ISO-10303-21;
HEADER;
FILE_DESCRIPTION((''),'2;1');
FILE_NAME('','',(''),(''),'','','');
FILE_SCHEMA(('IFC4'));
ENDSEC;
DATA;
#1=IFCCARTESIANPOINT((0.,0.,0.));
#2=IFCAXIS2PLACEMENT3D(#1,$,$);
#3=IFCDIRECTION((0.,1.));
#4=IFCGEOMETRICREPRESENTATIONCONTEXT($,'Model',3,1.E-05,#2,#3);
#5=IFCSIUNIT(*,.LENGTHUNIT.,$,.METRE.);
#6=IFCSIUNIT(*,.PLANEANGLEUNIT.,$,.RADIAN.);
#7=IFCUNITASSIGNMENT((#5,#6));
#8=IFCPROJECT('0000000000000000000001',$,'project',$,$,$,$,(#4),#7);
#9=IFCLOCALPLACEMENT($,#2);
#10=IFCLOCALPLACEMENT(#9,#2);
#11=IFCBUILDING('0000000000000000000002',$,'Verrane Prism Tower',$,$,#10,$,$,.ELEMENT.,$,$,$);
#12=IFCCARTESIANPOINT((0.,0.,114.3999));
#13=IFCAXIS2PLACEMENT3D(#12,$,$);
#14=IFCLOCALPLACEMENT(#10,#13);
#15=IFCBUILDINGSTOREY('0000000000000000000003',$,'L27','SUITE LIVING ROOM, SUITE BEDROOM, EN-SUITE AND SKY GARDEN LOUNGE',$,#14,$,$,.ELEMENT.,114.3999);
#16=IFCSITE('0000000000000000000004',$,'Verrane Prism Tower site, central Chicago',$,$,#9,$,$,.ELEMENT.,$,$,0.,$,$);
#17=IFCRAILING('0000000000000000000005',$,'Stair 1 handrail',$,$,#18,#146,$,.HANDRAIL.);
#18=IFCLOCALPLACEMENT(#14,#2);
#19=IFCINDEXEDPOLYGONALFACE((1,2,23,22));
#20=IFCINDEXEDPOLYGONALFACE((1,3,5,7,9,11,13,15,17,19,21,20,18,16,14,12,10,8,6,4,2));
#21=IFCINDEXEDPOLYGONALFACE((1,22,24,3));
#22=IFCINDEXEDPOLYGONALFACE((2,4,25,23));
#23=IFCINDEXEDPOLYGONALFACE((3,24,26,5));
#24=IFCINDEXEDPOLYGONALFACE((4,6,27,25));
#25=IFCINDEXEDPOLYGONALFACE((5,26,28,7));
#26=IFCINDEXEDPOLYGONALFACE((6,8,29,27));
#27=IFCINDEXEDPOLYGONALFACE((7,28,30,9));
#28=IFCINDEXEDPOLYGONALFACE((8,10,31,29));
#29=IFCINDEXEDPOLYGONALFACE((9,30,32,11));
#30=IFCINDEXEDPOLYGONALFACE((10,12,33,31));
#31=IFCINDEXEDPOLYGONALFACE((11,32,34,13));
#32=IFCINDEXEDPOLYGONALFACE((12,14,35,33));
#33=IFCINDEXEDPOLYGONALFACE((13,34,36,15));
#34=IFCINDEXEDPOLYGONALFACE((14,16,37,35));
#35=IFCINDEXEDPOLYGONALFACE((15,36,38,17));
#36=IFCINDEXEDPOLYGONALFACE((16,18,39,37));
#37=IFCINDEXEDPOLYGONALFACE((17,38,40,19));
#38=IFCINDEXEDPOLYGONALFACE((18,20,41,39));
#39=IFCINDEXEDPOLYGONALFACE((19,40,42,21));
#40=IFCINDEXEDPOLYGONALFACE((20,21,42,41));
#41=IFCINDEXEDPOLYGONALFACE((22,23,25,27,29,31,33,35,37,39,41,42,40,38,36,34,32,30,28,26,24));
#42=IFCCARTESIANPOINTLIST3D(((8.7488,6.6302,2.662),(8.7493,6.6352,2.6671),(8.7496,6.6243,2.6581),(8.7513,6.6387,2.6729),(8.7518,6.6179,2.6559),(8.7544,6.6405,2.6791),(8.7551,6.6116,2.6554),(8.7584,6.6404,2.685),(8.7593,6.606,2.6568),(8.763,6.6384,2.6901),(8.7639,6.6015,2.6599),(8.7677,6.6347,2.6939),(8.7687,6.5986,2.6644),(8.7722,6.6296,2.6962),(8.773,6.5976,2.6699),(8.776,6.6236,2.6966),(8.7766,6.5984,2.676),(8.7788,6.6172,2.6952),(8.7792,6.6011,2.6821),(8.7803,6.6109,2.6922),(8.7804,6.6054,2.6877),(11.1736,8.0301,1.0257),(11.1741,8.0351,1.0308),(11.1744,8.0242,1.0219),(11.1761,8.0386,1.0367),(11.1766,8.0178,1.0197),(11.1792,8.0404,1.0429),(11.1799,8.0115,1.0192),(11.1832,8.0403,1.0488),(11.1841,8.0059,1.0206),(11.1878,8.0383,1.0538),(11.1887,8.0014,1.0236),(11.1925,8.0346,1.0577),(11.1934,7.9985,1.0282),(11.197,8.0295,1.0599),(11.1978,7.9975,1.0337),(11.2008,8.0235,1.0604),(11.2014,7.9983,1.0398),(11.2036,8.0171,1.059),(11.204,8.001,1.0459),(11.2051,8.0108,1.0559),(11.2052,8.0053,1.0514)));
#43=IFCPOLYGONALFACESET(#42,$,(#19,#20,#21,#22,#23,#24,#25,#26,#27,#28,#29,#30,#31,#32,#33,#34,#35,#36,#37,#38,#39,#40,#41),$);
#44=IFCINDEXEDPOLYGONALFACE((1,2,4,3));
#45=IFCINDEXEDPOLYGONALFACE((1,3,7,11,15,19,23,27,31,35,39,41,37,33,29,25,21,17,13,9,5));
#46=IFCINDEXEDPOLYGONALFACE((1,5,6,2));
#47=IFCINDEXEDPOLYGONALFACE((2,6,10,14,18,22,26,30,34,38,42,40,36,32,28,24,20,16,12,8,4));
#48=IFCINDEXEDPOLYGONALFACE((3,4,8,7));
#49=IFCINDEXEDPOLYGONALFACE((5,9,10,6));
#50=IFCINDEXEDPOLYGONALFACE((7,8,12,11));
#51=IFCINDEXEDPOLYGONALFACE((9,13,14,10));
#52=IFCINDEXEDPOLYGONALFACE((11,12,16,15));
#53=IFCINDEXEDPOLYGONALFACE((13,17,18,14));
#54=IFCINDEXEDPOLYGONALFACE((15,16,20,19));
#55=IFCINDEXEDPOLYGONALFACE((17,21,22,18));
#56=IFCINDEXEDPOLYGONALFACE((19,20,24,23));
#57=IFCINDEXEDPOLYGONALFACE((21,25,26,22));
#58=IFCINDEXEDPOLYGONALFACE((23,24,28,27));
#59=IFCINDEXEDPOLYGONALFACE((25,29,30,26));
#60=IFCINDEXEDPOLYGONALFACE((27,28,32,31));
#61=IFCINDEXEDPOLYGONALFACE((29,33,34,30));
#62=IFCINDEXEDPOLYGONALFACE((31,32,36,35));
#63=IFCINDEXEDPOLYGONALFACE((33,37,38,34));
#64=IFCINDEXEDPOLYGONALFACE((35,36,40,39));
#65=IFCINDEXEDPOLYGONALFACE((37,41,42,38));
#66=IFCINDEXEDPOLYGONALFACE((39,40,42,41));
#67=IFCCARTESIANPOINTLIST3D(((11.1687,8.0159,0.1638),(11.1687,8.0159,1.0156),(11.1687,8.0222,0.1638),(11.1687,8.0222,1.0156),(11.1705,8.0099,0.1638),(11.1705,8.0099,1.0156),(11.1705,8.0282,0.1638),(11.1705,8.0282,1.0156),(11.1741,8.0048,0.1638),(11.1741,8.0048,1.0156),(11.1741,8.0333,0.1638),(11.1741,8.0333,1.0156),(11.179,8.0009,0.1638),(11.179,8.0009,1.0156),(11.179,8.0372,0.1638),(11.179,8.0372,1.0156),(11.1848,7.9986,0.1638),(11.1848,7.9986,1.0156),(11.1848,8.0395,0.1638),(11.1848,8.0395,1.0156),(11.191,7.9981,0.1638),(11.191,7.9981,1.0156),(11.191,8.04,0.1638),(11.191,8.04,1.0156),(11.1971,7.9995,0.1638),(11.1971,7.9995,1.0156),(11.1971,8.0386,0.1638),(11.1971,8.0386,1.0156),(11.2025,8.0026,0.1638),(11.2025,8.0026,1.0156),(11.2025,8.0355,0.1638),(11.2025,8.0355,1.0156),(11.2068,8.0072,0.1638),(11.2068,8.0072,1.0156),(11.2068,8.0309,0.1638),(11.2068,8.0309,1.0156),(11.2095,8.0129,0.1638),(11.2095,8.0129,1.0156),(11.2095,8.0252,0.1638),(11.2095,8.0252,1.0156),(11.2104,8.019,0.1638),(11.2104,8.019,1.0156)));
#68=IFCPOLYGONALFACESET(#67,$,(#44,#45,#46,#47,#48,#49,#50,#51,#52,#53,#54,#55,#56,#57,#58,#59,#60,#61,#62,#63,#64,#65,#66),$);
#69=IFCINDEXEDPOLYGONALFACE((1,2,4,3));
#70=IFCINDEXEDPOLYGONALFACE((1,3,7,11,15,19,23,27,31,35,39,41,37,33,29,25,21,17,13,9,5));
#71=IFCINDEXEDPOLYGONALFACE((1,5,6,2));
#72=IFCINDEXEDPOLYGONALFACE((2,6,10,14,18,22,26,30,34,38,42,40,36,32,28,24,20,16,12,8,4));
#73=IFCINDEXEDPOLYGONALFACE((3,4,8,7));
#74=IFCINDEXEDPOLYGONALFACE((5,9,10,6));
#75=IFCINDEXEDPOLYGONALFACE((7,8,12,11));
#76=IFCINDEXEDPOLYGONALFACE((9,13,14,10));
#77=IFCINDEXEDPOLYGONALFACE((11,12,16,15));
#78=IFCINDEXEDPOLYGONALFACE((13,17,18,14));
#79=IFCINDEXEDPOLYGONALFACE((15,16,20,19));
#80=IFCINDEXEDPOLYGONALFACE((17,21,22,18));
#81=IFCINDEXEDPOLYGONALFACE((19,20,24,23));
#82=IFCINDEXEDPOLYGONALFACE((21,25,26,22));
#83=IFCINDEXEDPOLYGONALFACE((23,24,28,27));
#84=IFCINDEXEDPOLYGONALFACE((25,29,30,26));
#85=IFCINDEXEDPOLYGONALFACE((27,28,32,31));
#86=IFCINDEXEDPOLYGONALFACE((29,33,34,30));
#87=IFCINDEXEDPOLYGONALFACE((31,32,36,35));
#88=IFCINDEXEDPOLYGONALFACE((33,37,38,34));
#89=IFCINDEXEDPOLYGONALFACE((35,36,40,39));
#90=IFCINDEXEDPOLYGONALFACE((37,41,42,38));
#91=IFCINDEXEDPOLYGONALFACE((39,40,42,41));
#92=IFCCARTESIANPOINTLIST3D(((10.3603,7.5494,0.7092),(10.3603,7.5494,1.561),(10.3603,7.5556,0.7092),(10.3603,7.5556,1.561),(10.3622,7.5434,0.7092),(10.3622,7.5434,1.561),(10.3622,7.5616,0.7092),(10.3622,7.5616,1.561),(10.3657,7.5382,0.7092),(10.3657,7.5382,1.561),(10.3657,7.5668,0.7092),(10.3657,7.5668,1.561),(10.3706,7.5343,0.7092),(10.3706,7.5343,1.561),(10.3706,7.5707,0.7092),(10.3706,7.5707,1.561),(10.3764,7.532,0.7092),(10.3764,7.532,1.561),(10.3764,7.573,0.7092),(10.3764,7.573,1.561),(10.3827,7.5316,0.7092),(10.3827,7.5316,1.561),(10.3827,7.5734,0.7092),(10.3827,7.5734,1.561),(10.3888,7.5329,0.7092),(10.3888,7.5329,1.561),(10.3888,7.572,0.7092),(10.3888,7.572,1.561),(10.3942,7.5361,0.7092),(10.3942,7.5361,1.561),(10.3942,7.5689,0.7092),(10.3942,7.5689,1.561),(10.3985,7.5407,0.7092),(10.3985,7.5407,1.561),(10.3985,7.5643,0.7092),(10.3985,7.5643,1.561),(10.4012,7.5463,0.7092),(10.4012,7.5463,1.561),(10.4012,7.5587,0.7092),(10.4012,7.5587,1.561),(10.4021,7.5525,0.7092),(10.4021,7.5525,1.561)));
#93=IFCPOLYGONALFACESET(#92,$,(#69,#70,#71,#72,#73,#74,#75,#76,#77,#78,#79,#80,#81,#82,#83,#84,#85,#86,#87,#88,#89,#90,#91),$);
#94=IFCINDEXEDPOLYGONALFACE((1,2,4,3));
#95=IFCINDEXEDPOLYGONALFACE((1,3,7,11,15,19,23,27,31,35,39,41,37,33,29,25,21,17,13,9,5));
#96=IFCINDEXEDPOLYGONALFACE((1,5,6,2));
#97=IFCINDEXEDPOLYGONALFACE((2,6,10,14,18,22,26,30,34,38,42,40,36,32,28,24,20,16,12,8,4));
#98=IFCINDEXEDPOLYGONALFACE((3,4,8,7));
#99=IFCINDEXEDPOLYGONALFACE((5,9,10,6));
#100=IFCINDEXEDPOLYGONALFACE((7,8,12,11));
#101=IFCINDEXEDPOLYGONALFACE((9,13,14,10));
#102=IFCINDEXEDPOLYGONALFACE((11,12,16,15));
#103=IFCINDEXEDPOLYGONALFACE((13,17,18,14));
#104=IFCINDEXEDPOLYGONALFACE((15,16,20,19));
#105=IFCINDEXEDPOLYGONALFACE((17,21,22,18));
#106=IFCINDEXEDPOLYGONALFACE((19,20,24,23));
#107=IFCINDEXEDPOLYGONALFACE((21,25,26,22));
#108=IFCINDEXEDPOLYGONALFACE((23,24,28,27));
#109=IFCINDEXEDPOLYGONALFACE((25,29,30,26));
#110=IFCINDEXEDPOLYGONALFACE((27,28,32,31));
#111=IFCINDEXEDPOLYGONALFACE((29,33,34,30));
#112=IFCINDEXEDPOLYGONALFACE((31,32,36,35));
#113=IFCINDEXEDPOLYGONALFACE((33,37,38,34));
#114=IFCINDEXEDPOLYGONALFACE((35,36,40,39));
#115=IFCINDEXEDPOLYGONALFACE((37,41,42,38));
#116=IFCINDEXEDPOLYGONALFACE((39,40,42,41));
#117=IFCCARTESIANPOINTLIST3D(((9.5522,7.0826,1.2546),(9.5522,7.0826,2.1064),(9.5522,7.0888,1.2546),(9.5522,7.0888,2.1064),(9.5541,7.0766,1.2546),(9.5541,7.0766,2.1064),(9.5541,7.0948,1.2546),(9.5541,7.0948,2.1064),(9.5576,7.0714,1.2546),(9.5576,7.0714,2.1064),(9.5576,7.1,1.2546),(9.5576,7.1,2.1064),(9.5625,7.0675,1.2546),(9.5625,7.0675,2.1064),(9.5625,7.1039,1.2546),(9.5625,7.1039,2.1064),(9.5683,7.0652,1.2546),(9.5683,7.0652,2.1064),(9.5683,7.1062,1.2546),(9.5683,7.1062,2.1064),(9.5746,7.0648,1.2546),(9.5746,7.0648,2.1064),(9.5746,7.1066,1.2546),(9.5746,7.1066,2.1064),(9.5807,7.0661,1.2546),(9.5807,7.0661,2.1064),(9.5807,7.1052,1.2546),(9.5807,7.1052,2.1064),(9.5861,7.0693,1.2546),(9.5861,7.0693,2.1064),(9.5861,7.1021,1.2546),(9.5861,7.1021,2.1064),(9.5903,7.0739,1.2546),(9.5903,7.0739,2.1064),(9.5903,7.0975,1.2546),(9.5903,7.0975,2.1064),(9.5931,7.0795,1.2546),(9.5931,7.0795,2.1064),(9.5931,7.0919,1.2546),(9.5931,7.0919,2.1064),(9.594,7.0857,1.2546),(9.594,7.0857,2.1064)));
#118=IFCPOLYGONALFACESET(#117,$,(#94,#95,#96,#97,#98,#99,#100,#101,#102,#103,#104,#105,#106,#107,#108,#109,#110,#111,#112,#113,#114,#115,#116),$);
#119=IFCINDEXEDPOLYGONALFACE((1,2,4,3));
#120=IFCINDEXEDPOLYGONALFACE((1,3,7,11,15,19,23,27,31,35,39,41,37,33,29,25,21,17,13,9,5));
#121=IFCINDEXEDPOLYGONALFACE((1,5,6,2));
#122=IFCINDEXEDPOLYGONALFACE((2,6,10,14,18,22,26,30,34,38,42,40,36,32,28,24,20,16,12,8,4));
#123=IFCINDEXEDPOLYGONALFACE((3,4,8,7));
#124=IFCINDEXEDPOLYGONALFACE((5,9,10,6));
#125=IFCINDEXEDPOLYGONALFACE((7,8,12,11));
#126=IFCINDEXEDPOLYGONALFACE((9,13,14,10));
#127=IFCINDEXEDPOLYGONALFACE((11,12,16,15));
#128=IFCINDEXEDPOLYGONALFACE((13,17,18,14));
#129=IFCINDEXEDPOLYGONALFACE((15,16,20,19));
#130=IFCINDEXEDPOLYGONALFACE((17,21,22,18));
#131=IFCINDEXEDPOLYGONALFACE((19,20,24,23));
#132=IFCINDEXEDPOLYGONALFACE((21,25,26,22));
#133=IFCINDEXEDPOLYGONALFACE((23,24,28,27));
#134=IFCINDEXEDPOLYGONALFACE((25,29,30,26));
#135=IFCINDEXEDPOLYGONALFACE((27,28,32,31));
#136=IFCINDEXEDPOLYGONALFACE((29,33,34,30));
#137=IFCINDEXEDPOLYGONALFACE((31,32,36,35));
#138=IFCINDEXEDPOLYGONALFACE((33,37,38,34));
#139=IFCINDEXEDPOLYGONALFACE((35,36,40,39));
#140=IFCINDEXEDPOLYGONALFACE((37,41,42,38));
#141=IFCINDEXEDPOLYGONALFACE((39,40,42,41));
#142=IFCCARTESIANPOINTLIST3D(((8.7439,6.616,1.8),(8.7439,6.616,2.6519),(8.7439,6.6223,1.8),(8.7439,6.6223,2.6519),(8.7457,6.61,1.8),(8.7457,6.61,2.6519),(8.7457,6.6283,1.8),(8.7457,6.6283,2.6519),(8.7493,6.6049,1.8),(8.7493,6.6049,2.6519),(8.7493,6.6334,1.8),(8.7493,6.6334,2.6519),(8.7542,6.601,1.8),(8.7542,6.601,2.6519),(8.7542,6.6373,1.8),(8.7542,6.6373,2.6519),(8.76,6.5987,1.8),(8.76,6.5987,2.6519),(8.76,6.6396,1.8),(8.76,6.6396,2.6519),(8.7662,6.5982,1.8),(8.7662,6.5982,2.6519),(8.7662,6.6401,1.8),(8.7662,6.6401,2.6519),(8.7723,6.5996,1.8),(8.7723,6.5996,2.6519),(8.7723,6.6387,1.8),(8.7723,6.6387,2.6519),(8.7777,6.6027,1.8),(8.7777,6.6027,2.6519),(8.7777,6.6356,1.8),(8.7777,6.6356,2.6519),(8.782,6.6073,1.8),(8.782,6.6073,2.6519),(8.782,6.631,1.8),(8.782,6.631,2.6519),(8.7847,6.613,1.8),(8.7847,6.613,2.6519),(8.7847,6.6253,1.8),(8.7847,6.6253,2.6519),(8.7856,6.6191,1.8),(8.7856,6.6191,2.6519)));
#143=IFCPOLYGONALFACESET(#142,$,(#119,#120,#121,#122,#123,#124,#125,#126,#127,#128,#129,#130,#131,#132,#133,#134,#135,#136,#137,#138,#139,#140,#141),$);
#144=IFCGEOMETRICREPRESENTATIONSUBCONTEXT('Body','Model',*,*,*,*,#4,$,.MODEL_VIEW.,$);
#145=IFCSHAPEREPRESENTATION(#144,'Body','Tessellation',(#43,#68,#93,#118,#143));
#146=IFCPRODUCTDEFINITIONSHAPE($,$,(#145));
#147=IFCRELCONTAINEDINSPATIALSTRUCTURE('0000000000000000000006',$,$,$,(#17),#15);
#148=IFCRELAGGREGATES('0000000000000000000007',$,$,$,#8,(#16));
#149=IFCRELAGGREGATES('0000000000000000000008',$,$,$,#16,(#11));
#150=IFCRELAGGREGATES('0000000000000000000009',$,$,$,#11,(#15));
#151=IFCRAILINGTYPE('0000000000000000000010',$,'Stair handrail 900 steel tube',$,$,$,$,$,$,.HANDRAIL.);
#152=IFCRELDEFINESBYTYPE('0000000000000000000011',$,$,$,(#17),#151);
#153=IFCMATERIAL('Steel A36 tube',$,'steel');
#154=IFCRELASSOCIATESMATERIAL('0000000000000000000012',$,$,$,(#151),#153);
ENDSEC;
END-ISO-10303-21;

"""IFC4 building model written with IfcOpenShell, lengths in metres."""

from ifc_helpers import new_model, si_unit, direction, frame, origin, origin_2d, place, context, subcontext, project, spatial, circle, extrude, material, type_object, element, save


model = new_model("IFC4")

# Units and contexts
model_context = context("Model", 3, precision=1e-05, world=origin(), true_north=direction((0.0, 1.0)))
body_context = subcontext(model_context, "Body", "Model", "MODEL_VIEW")
ifc_project = project(units=[si_unit("LENGTHUNIT", "METRE"), si_unit("PLANEANGLEUNIT", "RADIAN")], contexts=[model_context])

# Site, building, storey
site_placement = place(None, origin())
site = spatial("IfcSite", under=ifc_project, at=site_placement, Name="Verrane Prism Tower site, central Chicago", CompositionType="ELEMENT", RefElevation=0.0)
building_placement = place(site_placement, origin())
building = spatial("IfcBuilding", under=site, at=building_placement, Name="Verrane Prism Tower", CompositionType="ELEMENT")
storey_placement = place(building_placement, frame((0.0, 0.0, 114.3999)))
storey = spatial("IfcBuildingStorey", under=building, at=storey_placement, Name="L27", Description="SUITE LIVING ROOM, SUITE BEDROOM, EN-SUITE AND SKY GARDEN LOUNGE", CompositionType="ELEMENT", Elevation=114.3999)

# Railing
ifc_material_1 = material(Name="Steel A36 tube", Category="steel")
railing_type_1 = type_object("IfcRailingType", Name="Stair handrail 900 steel tube", PredefinedType="HANDRAIL", material=ifc_material_1)
railing_1_placement = place(storey_placement, frame((11.1895, 8.019, 0.1638)))
element("IfcRailing", 1, at=railing_1_placement, inside=storey, type_object=railing_type_1, Name="Stair 1 handrail", PredefinedType="HANDRAIL", context=body_context, shape_type="SweptSolid", body=[
    extrude(circle(Radius=0.0239, at=origin_2d()), frame((0.0, 0.0, 0.876), z_axis=(-0.747718, -0.431677, 0.504552), x_axis=(0.499984, -0.866035, 0.0)), (0.0, 0.0, 1.0), 3.2429),
    extrude(circle(Radius=0.021, at=origin_2d()), origin(), (0.0, 0.0, 1.0), 0.8518),
    extrude(circle(Radius=0.021, at=origin_2d()), frame((-0.8083, -0.4666, 0.5454)), (0.0, 0.0, 1.0), 0.8518),
    extrude(circle(Radius=0.021, at=origin_2d()), frame((-1.6165, -0.9333, 1.0908)), (0.0, 0.0, 1.0), 0.8518),
    extrude(circle(Radius=0.021, at=origin_2d()), frame((-2.4248, -1.3999, 1.6362)), (0.0, 0.0, 1.0), 0.8518),
])

save(model, "model.ifc")
